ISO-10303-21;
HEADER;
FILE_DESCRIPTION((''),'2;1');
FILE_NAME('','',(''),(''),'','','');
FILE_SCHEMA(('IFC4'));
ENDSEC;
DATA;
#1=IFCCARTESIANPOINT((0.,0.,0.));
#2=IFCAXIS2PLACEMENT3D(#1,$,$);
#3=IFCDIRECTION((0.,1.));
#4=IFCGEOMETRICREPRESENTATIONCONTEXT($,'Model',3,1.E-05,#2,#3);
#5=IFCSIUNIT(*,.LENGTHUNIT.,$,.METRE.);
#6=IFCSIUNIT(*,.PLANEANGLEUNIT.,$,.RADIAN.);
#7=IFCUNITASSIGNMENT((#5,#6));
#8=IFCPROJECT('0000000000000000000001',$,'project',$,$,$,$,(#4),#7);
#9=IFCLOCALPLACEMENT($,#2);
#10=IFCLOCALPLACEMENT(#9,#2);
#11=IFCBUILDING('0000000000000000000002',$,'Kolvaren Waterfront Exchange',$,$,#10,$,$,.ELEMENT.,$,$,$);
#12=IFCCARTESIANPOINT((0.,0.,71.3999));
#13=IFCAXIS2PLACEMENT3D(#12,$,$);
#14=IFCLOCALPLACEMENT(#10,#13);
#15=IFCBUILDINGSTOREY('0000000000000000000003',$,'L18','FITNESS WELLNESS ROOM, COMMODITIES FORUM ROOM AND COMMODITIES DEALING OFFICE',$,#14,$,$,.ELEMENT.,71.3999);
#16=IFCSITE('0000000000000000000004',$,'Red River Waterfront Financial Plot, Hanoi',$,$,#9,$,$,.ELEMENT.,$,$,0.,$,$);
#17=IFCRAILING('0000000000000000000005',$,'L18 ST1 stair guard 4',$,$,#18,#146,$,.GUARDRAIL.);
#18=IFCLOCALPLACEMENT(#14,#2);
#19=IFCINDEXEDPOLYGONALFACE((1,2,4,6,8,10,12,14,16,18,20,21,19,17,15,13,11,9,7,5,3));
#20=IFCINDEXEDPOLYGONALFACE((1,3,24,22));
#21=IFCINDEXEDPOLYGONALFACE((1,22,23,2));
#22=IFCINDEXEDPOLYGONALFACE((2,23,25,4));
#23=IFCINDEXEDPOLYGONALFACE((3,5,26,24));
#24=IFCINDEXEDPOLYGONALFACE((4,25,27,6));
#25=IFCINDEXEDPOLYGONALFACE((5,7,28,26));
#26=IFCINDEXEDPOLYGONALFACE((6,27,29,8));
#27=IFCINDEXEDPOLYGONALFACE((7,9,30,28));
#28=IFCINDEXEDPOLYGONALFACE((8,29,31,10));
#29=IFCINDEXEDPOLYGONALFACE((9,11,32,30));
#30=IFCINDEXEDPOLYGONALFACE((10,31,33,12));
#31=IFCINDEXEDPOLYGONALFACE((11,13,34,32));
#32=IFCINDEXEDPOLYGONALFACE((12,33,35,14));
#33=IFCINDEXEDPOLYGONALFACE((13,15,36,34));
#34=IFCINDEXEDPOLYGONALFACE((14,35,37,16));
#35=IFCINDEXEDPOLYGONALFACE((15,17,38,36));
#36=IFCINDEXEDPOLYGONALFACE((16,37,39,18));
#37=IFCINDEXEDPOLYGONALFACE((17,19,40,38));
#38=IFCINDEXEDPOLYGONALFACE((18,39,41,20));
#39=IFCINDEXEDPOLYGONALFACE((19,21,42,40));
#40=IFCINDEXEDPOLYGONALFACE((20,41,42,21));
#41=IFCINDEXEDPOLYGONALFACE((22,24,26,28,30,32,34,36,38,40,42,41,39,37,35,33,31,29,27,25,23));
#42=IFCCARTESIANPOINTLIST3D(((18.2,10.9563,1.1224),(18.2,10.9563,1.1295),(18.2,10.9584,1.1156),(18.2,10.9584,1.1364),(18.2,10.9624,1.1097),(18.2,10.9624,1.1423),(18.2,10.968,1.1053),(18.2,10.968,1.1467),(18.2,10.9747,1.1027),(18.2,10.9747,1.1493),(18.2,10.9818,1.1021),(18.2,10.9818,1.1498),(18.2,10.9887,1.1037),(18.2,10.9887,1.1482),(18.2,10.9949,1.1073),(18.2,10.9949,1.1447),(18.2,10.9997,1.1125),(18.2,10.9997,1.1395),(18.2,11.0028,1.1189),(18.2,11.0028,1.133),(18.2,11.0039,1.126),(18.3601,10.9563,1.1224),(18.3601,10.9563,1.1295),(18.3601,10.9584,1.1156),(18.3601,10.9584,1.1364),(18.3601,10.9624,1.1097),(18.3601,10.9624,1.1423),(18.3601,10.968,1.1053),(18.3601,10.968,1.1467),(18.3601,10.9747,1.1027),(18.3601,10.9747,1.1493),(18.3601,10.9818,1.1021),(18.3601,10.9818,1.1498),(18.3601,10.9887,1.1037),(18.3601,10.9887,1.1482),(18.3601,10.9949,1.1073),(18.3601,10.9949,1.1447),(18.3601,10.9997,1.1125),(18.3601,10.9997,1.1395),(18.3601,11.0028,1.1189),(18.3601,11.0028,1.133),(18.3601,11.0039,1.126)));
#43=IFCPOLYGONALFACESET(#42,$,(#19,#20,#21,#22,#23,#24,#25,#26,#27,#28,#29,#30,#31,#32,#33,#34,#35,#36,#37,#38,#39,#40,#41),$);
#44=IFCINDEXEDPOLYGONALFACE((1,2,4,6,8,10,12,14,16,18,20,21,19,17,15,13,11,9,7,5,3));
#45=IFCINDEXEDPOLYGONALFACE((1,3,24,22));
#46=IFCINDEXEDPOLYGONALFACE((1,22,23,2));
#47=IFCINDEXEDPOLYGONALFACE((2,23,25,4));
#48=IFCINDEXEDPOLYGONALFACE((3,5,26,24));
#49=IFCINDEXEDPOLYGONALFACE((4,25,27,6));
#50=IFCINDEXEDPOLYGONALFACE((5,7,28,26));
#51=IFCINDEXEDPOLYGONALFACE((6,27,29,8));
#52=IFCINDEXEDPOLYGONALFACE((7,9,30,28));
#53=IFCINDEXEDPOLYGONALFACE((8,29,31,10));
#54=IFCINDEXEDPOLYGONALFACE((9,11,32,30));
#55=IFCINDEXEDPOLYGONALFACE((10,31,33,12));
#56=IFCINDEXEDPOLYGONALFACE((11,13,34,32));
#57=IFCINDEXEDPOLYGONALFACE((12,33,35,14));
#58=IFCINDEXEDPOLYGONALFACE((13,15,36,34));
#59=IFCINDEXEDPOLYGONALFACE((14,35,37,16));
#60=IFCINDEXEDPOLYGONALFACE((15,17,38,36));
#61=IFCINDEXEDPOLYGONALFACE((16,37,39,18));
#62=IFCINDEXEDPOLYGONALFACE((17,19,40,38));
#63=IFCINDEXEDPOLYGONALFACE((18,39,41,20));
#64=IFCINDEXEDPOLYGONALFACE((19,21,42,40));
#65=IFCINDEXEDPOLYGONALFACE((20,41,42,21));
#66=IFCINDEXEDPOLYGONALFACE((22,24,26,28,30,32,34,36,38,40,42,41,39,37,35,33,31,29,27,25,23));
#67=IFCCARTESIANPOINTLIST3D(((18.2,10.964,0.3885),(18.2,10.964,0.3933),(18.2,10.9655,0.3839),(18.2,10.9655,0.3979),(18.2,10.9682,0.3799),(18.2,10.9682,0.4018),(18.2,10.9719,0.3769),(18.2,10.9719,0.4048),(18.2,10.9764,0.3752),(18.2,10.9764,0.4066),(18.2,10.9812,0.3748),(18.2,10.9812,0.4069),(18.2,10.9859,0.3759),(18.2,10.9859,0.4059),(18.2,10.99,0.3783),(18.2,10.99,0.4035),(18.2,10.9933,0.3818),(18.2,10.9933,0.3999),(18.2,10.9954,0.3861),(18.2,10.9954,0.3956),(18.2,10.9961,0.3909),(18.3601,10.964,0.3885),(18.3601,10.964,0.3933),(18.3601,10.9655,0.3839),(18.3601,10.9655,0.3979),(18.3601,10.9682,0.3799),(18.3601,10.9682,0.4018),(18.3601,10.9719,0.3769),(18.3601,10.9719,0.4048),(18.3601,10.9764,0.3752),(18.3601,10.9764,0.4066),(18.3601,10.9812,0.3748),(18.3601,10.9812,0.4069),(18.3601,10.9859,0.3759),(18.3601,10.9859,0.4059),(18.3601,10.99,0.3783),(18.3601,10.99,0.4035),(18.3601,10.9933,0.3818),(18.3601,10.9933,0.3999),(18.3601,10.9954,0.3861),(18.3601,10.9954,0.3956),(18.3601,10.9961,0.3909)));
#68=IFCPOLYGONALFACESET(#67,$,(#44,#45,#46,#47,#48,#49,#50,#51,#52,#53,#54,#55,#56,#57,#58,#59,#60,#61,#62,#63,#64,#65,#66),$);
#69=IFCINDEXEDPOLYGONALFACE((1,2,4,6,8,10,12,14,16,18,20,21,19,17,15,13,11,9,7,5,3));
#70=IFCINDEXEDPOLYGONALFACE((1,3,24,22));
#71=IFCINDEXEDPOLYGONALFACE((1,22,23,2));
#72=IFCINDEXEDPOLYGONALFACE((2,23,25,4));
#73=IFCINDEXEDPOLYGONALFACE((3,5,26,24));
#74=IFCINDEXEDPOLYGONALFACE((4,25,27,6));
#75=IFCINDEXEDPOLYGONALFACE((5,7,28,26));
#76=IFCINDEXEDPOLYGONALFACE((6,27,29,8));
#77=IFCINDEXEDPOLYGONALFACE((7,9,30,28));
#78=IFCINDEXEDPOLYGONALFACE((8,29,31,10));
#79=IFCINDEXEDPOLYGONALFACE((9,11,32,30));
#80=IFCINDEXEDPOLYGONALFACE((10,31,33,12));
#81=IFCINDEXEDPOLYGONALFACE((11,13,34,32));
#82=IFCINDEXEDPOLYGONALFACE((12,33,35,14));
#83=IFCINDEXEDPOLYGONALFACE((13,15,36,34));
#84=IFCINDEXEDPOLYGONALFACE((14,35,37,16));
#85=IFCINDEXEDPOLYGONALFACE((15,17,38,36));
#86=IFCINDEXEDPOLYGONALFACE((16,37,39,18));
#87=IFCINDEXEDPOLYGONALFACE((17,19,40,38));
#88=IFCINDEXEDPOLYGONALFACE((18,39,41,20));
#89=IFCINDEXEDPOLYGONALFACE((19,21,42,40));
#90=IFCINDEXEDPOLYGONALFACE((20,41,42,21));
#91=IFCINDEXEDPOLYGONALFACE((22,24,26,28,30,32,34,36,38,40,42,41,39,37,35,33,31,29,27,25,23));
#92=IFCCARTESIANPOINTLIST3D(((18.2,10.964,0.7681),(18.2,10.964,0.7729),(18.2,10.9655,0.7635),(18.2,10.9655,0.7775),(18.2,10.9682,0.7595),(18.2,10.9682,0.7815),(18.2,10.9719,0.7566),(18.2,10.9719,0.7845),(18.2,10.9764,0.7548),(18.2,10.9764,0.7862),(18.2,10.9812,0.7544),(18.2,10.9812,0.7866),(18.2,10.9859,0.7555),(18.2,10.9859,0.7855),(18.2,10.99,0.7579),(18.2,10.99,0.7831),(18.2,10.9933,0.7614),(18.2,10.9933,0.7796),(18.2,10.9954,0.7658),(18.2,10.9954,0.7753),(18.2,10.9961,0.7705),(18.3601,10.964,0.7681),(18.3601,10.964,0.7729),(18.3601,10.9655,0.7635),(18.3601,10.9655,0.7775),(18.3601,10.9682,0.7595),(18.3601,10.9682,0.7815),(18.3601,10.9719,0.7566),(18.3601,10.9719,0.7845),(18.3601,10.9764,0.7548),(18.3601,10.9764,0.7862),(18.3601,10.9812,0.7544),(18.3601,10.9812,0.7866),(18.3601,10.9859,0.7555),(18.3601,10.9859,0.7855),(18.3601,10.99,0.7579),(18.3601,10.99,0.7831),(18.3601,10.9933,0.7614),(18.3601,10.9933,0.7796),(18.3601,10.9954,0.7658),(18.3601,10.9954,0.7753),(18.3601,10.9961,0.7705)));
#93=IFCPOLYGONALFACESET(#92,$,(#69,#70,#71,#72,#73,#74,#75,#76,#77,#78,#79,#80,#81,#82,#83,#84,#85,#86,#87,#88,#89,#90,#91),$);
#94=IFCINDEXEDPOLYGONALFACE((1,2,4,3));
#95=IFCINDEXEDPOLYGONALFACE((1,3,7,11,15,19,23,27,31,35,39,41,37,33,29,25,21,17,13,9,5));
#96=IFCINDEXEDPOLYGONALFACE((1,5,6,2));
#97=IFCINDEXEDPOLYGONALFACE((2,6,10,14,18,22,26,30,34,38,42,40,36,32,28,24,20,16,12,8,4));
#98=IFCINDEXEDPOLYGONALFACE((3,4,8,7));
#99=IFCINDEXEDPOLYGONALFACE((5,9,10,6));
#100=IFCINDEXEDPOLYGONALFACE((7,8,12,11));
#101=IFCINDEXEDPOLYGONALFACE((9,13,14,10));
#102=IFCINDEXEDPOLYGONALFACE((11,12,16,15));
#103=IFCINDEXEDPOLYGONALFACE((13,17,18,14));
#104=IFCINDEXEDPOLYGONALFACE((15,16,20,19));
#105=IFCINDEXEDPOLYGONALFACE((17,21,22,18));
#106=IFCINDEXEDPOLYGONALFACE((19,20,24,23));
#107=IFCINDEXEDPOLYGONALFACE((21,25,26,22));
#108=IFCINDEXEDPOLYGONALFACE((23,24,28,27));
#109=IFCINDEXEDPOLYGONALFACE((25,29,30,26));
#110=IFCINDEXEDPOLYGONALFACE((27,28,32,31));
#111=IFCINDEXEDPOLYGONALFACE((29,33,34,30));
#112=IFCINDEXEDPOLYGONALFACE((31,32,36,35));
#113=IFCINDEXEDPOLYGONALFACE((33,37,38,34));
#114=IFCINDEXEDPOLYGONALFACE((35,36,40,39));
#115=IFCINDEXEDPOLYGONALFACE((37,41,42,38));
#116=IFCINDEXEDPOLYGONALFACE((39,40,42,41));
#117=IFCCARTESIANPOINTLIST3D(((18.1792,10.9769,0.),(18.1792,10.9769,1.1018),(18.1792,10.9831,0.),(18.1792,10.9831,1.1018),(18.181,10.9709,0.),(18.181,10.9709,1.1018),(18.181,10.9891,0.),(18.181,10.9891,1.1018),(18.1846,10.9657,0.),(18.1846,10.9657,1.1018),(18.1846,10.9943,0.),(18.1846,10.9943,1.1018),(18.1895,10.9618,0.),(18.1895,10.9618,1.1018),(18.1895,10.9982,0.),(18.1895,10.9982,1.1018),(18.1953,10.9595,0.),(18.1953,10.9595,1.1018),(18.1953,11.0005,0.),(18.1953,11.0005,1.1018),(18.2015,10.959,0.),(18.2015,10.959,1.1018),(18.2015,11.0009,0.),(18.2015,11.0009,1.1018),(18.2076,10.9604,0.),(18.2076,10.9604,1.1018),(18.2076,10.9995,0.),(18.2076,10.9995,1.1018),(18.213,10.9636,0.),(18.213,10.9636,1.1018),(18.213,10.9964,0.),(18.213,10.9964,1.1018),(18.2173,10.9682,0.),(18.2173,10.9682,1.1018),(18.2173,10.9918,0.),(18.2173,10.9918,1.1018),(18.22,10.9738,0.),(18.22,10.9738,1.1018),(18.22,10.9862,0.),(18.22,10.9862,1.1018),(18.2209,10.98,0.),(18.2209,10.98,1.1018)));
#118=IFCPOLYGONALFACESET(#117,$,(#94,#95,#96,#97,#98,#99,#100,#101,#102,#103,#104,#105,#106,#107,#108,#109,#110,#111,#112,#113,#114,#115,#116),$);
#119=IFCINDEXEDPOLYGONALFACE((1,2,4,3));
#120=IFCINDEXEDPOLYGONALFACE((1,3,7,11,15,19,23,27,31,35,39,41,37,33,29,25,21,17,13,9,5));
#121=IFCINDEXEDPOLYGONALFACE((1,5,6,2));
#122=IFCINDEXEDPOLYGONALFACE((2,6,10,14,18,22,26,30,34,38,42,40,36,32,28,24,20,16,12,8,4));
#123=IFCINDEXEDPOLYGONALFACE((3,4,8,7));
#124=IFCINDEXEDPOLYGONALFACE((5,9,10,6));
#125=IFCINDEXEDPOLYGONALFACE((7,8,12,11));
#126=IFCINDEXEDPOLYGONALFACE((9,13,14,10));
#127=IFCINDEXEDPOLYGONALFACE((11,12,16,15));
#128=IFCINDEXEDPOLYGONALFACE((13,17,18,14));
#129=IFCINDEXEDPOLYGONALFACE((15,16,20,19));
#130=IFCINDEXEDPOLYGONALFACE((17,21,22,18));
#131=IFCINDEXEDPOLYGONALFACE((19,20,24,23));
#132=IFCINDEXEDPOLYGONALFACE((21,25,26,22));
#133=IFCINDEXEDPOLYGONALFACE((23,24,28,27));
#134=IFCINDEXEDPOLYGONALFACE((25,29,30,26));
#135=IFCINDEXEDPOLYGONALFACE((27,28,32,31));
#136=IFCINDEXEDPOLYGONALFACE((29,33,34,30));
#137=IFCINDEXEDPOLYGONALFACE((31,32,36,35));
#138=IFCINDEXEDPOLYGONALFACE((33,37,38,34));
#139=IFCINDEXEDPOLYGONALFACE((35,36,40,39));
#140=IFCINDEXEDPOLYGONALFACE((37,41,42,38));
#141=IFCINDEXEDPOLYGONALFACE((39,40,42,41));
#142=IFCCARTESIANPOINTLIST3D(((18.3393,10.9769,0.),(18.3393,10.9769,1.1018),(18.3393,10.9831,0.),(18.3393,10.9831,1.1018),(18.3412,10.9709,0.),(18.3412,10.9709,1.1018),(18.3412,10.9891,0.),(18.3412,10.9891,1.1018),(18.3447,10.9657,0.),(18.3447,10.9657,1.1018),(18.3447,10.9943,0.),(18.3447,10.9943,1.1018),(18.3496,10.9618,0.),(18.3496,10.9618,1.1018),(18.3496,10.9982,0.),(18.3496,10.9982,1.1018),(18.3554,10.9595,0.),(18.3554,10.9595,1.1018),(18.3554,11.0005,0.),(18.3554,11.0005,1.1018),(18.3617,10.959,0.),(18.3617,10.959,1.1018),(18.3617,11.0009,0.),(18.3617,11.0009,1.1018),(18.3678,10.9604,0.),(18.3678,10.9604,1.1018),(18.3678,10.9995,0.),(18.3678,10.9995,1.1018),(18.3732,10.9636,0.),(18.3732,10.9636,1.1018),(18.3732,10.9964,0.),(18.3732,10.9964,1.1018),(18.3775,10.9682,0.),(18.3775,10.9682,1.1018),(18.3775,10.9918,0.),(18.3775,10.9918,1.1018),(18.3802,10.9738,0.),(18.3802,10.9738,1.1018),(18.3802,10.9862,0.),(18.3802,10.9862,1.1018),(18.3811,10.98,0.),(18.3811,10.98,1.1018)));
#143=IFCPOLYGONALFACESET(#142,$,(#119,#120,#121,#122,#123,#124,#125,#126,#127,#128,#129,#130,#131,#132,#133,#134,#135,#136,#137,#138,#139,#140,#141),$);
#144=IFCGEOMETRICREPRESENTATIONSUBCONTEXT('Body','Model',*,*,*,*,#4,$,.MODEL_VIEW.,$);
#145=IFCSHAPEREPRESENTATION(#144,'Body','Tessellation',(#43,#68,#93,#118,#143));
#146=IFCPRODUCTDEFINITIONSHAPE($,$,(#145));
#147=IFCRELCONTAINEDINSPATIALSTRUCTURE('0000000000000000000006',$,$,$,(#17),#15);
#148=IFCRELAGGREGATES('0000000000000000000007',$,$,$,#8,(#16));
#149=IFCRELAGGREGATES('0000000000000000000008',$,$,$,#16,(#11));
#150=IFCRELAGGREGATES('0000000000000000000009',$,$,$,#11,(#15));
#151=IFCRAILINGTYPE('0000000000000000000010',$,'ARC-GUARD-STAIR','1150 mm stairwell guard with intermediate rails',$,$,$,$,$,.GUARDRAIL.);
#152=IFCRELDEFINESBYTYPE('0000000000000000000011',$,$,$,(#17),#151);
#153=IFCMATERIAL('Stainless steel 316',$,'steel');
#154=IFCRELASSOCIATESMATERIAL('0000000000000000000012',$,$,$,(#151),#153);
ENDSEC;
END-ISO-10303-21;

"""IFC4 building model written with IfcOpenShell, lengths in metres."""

from ifc_helpers import new_model, si_unit, direction, frame, origin, origin_2d, place, context, subcontext, project, spatial, circle, extrude, material, type_object, element, save


model = new_model("IFC4")

# Units and contexts
model_context = context("Model", 3, precision=1e-05, world=origin(), true_north=direction((0.0, 1.0)))
body_context = subcontext(model_context, "Body", "Model", "MODEL_VIEW")
ifc_project = project(units=[si_unit("LENGTHUNIT", "METRE"), si_unit("PLANEANGLEUNIT", "RADIAN")], contexts=[model_context])

# Site, building, storey
site_placement = place(None, origin())
site = spatial("IfcSite", under=ifc_project, at=site_placement, Name="Red River Waterfront Financial Plot, Hanoi", CompositionType="ELEMENT", RefElevation=0.0)
building_placement = place(site_placement, origin())
building = spatial("IfcBuilding", under=site, at=building_placement, Name="Kolvaren Waterfront Exchange", CompositionType="ELEMENT")
storey_placement = place(building_placement, frame((0.0, 0.0, 71.3999)))
storey = spatial("IfcBuildingStorey", under=building, at=storey_placement, Name="L18", Description="FITNESS WELLNESS ROOM, COMMODITIES FORUM ROOM AND COMMODITIES DEALING OFFICE", CompositionType="ELEMENT", Elevation=71.3999)

# Railing
ifc_material_1 = material(Name="Stainless steel 316", Category="steel")
railing_type_1 = type_object("IfcRailingType", Name="ARC-GUARD-STAIR", Description="1150 mm stairwell guard with intermediate rails", PredefinedType="GUARDRAIL", material=ifc_material_1)
railing_1_placement = place(storey_placement, frame((18.2, 10.98, 0.0)))
element("IfcRailing", 1, at=railing_1_placement, inside=storey, type_object=railing_type_1, Name="L18 ST1 stair guard 4", PredefinedType="GUARDRAIL", context=body_context, shape_type="SweptSolid", body=[
    extrude(circle(Radius=0.0239, at=origin_2d()), frame((0.0, 0.0, 1.126), z_axis=(1.0, 0.0, 0.0), x_axis=(0.0, 1.0, 0.0)), (0.0, 0.0, 1.0), 0.1602),
    extrude(circle(Radius=0.0161, at=origin_2d()), frame((0.0, 0.0, 0.3909), z_axis=(1.0, 0.0, 0.0), x_axis=(0.0, 1.0, 0.0)), (0.0, 0.0, 1.0), 0.1602),
    extrude(circle(Radius=0.0161, at=origin_2d()), frame((0.0, 0.0, 0.7705), z_axis=(1.0, 0.0, 0.0), x_axis=(0.0, 1.0, 0.0)), (0.0, 0.0, 1.0), 0.1602),
    extrude(circle(Radius=0.021, at=origin_2d()), origin(), (0.0, 0.0, 1.0), 1.1018),
    extrude(circle(Radius=0.021, at=origin_2d()), frame((0.1602, 0.0, 0.0)), (0.0, 0.0, 1.0), 1.1018),
])

save(model, "model.ifc")
